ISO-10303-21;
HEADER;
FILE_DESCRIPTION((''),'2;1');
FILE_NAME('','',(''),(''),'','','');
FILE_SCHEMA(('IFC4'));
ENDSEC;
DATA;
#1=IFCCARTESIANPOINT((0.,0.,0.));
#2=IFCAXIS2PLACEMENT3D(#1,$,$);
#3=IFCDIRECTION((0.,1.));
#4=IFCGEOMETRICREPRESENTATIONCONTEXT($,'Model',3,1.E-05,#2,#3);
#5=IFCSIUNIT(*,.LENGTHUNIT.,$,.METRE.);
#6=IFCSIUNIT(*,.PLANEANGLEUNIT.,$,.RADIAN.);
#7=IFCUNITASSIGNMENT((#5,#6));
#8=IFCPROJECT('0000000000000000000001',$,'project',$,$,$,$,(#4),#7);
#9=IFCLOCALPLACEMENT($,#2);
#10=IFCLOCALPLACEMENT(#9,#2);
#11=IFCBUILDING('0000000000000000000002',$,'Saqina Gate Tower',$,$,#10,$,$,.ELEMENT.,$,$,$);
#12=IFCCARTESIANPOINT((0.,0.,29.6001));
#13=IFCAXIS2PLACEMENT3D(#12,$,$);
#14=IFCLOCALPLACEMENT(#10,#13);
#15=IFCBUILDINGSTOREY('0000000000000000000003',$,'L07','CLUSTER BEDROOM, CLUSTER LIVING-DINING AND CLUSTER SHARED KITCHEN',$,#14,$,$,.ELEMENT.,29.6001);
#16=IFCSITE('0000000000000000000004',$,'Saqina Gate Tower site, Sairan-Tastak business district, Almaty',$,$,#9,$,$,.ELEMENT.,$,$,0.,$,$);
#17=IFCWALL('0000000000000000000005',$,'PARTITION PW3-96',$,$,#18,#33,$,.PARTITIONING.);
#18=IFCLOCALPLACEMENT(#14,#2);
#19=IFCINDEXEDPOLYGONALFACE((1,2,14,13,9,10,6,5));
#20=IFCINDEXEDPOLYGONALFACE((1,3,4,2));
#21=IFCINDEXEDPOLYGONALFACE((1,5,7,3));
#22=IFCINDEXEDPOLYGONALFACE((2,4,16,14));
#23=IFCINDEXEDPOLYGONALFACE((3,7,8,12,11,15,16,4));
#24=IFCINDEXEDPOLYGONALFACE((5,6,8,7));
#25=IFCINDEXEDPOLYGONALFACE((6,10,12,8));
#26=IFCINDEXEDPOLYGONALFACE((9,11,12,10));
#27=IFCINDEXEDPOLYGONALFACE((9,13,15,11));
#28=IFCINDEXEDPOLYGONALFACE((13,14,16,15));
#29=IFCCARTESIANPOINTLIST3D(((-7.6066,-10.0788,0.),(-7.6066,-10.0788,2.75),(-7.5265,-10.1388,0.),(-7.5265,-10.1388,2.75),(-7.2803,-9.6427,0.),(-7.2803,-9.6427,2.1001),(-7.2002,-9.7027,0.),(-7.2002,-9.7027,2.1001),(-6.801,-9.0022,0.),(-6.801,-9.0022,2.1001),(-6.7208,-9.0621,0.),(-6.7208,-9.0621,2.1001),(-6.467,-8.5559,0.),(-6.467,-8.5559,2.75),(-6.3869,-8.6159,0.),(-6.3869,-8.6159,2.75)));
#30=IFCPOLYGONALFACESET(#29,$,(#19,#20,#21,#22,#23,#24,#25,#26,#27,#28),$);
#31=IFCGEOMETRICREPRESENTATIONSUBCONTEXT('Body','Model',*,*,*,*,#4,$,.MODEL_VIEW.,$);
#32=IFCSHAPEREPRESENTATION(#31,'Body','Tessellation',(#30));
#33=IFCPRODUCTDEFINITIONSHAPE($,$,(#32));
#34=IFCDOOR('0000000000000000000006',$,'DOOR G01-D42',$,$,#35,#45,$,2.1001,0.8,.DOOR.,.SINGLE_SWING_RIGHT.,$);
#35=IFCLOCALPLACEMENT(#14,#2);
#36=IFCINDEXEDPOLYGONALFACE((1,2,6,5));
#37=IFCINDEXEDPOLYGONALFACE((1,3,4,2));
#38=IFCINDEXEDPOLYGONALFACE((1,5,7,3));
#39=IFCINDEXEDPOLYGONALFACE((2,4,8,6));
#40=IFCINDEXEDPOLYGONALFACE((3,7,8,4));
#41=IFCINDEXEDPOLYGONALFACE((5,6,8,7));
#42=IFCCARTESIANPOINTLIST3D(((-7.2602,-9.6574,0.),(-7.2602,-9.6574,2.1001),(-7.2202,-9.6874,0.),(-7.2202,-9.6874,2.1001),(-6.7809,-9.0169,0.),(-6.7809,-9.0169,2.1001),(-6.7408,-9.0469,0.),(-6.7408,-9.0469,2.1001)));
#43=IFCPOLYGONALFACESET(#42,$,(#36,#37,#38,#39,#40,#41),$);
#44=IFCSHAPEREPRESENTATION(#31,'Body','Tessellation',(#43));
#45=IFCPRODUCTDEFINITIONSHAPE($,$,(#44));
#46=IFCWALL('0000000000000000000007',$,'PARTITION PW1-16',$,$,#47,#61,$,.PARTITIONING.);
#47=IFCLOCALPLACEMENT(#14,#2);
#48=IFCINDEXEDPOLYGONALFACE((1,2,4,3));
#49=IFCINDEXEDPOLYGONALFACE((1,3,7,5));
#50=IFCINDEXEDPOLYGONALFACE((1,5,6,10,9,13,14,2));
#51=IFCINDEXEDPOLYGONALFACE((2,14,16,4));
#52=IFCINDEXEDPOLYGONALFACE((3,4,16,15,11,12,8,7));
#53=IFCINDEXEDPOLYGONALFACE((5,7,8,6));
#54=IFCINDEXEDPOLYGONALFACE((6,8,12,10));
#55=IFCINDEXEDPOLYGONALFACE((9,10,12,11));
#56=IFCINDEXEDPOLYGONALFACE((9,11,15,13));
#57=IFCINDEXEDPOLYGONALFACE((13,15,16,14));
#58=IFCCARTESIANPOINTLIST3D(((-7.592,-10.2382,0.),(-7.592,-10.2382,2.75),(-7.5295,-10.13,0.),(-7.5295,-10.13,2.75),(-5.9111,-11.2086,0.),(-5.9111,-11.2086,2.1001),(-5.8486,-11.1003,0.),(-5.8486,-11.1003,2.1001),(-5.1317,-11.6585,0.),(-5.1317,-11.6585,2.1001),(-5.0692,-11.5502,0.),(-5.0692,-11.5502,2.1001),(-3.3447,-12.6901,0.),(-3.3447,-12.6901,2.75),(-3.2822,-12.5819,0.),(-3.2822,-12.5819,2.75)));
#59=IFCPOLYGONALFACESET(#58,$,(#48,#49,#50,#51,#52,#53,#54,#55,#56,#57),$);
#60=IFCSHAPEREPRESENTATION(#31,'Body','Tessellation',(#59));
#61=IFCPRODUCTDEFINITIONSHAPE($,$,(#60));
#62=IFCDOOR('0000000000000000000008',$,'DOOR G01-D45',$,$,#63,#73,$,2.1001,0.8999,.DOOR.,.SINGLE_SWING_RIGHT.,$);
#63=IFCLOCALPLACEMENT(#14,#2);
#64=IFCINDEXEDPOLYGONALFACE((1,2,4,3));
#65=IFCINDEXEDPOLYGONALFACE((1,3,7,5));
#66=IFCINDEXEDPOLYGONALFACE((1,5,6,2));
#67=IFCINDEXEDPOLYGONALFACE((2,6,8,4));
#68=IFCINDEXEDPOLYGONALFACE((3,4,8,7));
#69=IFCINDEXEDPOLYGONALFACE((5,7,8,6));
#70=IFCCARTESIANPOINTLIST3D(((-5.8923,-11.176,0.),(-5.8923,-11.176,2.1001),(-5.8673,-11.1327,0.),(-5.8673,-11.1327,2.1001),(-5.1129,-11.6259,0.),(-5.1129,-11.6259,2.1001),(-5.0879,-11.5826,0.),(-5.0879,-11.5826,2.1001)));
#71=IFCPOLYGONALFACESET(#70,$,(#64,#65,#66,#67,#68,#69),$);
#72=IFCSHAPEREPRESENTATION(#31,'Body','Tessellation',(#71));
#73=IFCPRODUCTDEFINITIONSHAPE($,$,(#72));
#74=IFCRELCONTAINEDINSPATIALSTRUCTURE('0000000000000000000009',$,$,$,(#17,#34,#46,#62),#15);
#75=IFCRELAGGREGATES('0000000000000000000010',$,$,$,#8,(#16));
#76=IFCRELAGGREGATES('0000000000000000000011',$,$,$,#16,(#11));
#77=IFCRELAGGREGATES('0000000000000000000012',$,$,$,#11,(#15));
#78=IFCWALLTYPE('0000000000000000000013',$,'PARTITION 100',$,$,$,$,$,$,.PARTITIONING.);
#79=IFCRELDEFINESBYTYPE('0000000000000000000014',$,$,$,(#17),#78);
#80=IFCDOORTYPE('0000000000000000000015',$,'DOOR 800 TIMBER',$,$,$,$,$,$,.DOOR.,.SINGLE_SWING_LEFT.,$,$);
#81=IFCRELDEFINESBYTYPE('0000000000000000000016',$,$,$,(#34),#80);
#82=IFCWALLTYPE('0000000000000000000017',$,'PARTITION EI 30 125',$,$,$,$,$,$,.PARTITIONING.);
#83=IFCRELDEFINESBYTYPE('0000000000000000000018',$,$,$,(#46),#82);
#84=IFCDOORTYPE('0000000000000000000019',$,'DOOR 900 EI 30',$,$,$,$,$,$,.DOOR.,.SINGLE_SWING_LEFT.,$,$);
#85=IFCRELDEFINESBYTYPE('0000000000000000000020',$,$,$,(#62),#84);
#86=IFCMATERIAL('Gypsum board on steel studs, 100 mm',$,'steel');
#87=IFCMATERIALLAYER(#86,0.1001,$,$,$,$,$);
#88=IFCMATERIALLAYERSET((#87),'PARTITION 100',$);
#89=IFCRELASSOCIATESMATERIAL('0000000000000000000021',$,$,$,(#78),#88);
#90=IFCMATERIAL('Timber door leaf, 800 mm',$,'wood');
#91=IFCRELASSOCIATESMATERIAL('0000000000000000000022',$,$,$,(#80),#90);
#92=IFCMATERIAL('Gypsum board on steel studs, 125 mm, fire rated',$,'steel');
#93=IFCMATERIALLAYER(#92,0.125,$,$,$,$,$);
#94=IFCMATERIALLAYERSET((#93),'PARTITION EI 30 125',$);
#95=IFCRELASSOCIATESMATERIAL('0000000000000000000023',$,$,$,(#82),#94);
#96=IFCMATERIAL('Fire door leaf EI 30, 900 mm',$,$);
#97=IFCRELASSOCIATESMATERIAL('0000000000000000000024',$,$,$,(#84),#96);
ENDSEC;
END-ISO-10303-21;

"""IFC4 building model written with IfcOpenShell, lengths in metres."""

from ifc_helpers import new_model, si_unit, direction, frame, frame_2d, origin, place, context, subcontext, project, spatial, rectangle, extrude, material, layer, layer_set, type_object, element, fill, save


model = new_model("IFC4")

# Units and contexts
model_context = context("Model", 3, precision=1e-05, world=origin(), true_north=direction((0.0, 1.0)))
body_context = subcontext(model_context, "Body", "Model", "MODEL_VIEW")
ifc_project = project(units=[si_unit("LENGTHUNIT", "METRE"), si_unit("PLANEANGLEUNIT", "RADIAN")], contexts=[model_context])

# Site, building, storey
site_placement = place(None, origin())
site = spatial("IfcSite", under=ifc_project, at=site_placement, Name="Saqina Gate Tower site, Sairan-Tastak business district, Almaty", CompositionType="ELEMENT", RefElevation=0.0)
building_placement = place(site_placement, origin())
building = spatial("IfcBuilding", under=site, at=building_placement, Name="Saqina Gate Tower", CompositionType="ELEMENT")
storey_placement = place(building_placement, frame((0.0, 0.0, 29.6001)))
storey = spatial("IfcBuildingStorey", under=building, at=storey_placement, Name="L07", Description="CLUSTER BEDROOM, CLUSTER LIVING-DINING AND CLUSTER SHARED KITCHEN", CompositionType="ELEMENT", Elevation=29.6001)

# Shared definitions
ifc_material_1 = material(Name="Gypsum board on steel studs, 100 mm", Category="steel")
ifc_layer_1 = layer(ifc_material_1, 0.1001)
ifc_layer_set_1 = layer_set([ifc_layer_1], Name="PARTITION 100")
wall_type_1 = type_object("IfcWallType", Name="PARTITION 100", PredefinedType="PARTITIONING", material=ifc_layer_set_1)

# Walls, openings, doors
wall_1_placement = place(storey_placement, frame((-7.5667, -10.1089, 0.0), z_axis=(0.0, 0.0, 1.0), x_axis=(0.599137, 0.800646, 0.0)))
wall_1 = element("IfcWall", 1, at=wall_1_placement, inside=storey, type_object=wall_type_1, Name="PARTITION PW3-96", PredefinedType="PARTITIONING", context=body_context, shape_type="SweptSolid", body=[
    extrude(rectangle(XDim=1.9021, YDim=0.1001, at=frame_2d((0.9512, 0.0))), origin(), (0.0, 0.0, 1.0), 2.75),
])
opening_1_placement = place(wall_1_placement, frame((0.5449, 0.0, 0.0)))
opening_1 = element("IfcOpeningElement", 2, at=opening_1_placement, cuts=wall_1, PredefinedType="OPENING", context=body_context, shape_type="SweptSolid", body=[
    extrude(rectangle(XDim=0.8, YDim=2.1001, at=frame_2d((0.3999, 1.05))), frame((0.0, 0.062, 0.0), z_axis=(0.0, -1.0, 0.0), x_axis=(1.0, 0.0, 0.0)), (0.0, 0.0, 1.0), 0.124),
])
ifc_material_2 = material(Name="Timber door leaf, 800 mm", Category="wood")
door_type_1 = type_object("IfcDoorType", Name="DOOR 800 TIMBER", OperationType="SINGLE_SWING_LEFT", PredefinedType="DOOR", material=ifc_material_2)
door_1_placement = place(opening_1_placement, frame((0.8, 0.0, 0.0), z_axis=(0.0, 0.0, 1.0), x_axis=(-1.0, 0.0, 0.0)))
door_1 = element("IfcDoor", 3, at=door_1_placement, inside=storey, type_object=door_type_1, Name="DOOR G01-D42", OperationType="SINGLE_SWING_RIGHT", OverallHeight=2.1001, OverallWidth=0.8, PredefinedType="DOOR", context=body_context, shape_type="SweptSolid", body=[
    extrude(rectangle(XDim=0.8, YDim=2.1001, at=frame_2d((0.3999, 1.05))), frame((0.0, 0.0249, 0.0), z_axis=(0.0, -1.0, 0.0), x_axis=(1.0, 0.0, 0.0)), (0.0, 0.0, 1.0), 0.05),
])
fill(opening_1, door_1)
ifc_material_3 = material(Name="Gypsum board on steel studs, 125 mm, fire rated", Category="steel")
ifc_layer_2 = layer(ifc_material_3, 0.125)
ifc_layer_set_2 = layer_set([ifc_layer_2], Name="PARTITION EI 30 125")
wall_type_2 = type_object("IfcWallType", Name="PARTITION EI 30 125", PredefinedType="PARTITIONING", material=ifc_layer_set_2)
wall_2_placement = place(storey_placement, frame((-7.5608, -10.1841, 0.0), z_axis=(0.0, 0.0, 1.0), x_axis=(0.86605, -0.499957, 0.0)))
wall_2 = element("IfcWall", 4, at=wall_2_placement, inside=storey, type_object=wall_type_2, Name="PARTITION PW1-16", PredefinedType="PARTITIONING", context=body_context, shape_type="SweptSolid", body=[
    extrude(rectangle(XDim=4.9043, YDim=0.125, at=frame_2d((2.4521, 0.0))), origin(), (0.0, 0.0, 1.0), 2.75),
])
opening_2_placement = place(wall_2_placement, frame((1.9409, 0.0, 0.0)))
opening_2 = element("IfcOpeningElement", 5, at=opening_2_placement, cuts=wall_2, PredefinedType="OPENING", context=body_context, shape_type="SweptSolid", body=[
    extrude(rectangle(XDim=0.8999, YDim=2.1001, at=frame_2d((0.45, 1.05))), frame((0.0, 0.0745, 0.0), z_axis=(0.0, -1.0, 0.0), x_axis=(1.0, 0.0, 0.0)), (0.0, 0.0, 1.0), 0.1489),
])
ifc_material_4 = material(Name="Fire door leaf EI 30, 900 mm")
door_type_2 = type_object("IfcDoorType", Name="DOOR 900 EI 30", OperationType="SINGLE_SWING_LEFT", PredefinedType="DOOR", material=ifc_material_4)
door_2_placement = place(opening_2_placement, frame((0.8999, 0.0, 0.0), z_axis=(0.0, 0.0, 1.0), x_axis=(-1.0, 0.0, 0.0)))
door_2 = element("IfcDoor", 6, at=door_2_placement, inside=storey, type_object=door_type_2, Name="DOOR G01-D45", OperationType="SINGLE_SWING_RIGHT", OverallHeight=2.1001, OverallWidth=0.8999, PredefinedType="DOOR", context=body_context, shape_type="SweptSolid", body=[
    extrude(rectangle(XDim=0.8999, YDim=2.1001, at=frame_2d((0.45, 1.05))), frame((0.0, 0.0249, 0.0), z_axis=(0.0, -1.0, 0.0), x_axis=(1.0, 0.0, 0.0)), (0.0, 0.0, 1.0), 0.05),
])
fill(opening_2, door_2)

save(model, "model.ifc")
